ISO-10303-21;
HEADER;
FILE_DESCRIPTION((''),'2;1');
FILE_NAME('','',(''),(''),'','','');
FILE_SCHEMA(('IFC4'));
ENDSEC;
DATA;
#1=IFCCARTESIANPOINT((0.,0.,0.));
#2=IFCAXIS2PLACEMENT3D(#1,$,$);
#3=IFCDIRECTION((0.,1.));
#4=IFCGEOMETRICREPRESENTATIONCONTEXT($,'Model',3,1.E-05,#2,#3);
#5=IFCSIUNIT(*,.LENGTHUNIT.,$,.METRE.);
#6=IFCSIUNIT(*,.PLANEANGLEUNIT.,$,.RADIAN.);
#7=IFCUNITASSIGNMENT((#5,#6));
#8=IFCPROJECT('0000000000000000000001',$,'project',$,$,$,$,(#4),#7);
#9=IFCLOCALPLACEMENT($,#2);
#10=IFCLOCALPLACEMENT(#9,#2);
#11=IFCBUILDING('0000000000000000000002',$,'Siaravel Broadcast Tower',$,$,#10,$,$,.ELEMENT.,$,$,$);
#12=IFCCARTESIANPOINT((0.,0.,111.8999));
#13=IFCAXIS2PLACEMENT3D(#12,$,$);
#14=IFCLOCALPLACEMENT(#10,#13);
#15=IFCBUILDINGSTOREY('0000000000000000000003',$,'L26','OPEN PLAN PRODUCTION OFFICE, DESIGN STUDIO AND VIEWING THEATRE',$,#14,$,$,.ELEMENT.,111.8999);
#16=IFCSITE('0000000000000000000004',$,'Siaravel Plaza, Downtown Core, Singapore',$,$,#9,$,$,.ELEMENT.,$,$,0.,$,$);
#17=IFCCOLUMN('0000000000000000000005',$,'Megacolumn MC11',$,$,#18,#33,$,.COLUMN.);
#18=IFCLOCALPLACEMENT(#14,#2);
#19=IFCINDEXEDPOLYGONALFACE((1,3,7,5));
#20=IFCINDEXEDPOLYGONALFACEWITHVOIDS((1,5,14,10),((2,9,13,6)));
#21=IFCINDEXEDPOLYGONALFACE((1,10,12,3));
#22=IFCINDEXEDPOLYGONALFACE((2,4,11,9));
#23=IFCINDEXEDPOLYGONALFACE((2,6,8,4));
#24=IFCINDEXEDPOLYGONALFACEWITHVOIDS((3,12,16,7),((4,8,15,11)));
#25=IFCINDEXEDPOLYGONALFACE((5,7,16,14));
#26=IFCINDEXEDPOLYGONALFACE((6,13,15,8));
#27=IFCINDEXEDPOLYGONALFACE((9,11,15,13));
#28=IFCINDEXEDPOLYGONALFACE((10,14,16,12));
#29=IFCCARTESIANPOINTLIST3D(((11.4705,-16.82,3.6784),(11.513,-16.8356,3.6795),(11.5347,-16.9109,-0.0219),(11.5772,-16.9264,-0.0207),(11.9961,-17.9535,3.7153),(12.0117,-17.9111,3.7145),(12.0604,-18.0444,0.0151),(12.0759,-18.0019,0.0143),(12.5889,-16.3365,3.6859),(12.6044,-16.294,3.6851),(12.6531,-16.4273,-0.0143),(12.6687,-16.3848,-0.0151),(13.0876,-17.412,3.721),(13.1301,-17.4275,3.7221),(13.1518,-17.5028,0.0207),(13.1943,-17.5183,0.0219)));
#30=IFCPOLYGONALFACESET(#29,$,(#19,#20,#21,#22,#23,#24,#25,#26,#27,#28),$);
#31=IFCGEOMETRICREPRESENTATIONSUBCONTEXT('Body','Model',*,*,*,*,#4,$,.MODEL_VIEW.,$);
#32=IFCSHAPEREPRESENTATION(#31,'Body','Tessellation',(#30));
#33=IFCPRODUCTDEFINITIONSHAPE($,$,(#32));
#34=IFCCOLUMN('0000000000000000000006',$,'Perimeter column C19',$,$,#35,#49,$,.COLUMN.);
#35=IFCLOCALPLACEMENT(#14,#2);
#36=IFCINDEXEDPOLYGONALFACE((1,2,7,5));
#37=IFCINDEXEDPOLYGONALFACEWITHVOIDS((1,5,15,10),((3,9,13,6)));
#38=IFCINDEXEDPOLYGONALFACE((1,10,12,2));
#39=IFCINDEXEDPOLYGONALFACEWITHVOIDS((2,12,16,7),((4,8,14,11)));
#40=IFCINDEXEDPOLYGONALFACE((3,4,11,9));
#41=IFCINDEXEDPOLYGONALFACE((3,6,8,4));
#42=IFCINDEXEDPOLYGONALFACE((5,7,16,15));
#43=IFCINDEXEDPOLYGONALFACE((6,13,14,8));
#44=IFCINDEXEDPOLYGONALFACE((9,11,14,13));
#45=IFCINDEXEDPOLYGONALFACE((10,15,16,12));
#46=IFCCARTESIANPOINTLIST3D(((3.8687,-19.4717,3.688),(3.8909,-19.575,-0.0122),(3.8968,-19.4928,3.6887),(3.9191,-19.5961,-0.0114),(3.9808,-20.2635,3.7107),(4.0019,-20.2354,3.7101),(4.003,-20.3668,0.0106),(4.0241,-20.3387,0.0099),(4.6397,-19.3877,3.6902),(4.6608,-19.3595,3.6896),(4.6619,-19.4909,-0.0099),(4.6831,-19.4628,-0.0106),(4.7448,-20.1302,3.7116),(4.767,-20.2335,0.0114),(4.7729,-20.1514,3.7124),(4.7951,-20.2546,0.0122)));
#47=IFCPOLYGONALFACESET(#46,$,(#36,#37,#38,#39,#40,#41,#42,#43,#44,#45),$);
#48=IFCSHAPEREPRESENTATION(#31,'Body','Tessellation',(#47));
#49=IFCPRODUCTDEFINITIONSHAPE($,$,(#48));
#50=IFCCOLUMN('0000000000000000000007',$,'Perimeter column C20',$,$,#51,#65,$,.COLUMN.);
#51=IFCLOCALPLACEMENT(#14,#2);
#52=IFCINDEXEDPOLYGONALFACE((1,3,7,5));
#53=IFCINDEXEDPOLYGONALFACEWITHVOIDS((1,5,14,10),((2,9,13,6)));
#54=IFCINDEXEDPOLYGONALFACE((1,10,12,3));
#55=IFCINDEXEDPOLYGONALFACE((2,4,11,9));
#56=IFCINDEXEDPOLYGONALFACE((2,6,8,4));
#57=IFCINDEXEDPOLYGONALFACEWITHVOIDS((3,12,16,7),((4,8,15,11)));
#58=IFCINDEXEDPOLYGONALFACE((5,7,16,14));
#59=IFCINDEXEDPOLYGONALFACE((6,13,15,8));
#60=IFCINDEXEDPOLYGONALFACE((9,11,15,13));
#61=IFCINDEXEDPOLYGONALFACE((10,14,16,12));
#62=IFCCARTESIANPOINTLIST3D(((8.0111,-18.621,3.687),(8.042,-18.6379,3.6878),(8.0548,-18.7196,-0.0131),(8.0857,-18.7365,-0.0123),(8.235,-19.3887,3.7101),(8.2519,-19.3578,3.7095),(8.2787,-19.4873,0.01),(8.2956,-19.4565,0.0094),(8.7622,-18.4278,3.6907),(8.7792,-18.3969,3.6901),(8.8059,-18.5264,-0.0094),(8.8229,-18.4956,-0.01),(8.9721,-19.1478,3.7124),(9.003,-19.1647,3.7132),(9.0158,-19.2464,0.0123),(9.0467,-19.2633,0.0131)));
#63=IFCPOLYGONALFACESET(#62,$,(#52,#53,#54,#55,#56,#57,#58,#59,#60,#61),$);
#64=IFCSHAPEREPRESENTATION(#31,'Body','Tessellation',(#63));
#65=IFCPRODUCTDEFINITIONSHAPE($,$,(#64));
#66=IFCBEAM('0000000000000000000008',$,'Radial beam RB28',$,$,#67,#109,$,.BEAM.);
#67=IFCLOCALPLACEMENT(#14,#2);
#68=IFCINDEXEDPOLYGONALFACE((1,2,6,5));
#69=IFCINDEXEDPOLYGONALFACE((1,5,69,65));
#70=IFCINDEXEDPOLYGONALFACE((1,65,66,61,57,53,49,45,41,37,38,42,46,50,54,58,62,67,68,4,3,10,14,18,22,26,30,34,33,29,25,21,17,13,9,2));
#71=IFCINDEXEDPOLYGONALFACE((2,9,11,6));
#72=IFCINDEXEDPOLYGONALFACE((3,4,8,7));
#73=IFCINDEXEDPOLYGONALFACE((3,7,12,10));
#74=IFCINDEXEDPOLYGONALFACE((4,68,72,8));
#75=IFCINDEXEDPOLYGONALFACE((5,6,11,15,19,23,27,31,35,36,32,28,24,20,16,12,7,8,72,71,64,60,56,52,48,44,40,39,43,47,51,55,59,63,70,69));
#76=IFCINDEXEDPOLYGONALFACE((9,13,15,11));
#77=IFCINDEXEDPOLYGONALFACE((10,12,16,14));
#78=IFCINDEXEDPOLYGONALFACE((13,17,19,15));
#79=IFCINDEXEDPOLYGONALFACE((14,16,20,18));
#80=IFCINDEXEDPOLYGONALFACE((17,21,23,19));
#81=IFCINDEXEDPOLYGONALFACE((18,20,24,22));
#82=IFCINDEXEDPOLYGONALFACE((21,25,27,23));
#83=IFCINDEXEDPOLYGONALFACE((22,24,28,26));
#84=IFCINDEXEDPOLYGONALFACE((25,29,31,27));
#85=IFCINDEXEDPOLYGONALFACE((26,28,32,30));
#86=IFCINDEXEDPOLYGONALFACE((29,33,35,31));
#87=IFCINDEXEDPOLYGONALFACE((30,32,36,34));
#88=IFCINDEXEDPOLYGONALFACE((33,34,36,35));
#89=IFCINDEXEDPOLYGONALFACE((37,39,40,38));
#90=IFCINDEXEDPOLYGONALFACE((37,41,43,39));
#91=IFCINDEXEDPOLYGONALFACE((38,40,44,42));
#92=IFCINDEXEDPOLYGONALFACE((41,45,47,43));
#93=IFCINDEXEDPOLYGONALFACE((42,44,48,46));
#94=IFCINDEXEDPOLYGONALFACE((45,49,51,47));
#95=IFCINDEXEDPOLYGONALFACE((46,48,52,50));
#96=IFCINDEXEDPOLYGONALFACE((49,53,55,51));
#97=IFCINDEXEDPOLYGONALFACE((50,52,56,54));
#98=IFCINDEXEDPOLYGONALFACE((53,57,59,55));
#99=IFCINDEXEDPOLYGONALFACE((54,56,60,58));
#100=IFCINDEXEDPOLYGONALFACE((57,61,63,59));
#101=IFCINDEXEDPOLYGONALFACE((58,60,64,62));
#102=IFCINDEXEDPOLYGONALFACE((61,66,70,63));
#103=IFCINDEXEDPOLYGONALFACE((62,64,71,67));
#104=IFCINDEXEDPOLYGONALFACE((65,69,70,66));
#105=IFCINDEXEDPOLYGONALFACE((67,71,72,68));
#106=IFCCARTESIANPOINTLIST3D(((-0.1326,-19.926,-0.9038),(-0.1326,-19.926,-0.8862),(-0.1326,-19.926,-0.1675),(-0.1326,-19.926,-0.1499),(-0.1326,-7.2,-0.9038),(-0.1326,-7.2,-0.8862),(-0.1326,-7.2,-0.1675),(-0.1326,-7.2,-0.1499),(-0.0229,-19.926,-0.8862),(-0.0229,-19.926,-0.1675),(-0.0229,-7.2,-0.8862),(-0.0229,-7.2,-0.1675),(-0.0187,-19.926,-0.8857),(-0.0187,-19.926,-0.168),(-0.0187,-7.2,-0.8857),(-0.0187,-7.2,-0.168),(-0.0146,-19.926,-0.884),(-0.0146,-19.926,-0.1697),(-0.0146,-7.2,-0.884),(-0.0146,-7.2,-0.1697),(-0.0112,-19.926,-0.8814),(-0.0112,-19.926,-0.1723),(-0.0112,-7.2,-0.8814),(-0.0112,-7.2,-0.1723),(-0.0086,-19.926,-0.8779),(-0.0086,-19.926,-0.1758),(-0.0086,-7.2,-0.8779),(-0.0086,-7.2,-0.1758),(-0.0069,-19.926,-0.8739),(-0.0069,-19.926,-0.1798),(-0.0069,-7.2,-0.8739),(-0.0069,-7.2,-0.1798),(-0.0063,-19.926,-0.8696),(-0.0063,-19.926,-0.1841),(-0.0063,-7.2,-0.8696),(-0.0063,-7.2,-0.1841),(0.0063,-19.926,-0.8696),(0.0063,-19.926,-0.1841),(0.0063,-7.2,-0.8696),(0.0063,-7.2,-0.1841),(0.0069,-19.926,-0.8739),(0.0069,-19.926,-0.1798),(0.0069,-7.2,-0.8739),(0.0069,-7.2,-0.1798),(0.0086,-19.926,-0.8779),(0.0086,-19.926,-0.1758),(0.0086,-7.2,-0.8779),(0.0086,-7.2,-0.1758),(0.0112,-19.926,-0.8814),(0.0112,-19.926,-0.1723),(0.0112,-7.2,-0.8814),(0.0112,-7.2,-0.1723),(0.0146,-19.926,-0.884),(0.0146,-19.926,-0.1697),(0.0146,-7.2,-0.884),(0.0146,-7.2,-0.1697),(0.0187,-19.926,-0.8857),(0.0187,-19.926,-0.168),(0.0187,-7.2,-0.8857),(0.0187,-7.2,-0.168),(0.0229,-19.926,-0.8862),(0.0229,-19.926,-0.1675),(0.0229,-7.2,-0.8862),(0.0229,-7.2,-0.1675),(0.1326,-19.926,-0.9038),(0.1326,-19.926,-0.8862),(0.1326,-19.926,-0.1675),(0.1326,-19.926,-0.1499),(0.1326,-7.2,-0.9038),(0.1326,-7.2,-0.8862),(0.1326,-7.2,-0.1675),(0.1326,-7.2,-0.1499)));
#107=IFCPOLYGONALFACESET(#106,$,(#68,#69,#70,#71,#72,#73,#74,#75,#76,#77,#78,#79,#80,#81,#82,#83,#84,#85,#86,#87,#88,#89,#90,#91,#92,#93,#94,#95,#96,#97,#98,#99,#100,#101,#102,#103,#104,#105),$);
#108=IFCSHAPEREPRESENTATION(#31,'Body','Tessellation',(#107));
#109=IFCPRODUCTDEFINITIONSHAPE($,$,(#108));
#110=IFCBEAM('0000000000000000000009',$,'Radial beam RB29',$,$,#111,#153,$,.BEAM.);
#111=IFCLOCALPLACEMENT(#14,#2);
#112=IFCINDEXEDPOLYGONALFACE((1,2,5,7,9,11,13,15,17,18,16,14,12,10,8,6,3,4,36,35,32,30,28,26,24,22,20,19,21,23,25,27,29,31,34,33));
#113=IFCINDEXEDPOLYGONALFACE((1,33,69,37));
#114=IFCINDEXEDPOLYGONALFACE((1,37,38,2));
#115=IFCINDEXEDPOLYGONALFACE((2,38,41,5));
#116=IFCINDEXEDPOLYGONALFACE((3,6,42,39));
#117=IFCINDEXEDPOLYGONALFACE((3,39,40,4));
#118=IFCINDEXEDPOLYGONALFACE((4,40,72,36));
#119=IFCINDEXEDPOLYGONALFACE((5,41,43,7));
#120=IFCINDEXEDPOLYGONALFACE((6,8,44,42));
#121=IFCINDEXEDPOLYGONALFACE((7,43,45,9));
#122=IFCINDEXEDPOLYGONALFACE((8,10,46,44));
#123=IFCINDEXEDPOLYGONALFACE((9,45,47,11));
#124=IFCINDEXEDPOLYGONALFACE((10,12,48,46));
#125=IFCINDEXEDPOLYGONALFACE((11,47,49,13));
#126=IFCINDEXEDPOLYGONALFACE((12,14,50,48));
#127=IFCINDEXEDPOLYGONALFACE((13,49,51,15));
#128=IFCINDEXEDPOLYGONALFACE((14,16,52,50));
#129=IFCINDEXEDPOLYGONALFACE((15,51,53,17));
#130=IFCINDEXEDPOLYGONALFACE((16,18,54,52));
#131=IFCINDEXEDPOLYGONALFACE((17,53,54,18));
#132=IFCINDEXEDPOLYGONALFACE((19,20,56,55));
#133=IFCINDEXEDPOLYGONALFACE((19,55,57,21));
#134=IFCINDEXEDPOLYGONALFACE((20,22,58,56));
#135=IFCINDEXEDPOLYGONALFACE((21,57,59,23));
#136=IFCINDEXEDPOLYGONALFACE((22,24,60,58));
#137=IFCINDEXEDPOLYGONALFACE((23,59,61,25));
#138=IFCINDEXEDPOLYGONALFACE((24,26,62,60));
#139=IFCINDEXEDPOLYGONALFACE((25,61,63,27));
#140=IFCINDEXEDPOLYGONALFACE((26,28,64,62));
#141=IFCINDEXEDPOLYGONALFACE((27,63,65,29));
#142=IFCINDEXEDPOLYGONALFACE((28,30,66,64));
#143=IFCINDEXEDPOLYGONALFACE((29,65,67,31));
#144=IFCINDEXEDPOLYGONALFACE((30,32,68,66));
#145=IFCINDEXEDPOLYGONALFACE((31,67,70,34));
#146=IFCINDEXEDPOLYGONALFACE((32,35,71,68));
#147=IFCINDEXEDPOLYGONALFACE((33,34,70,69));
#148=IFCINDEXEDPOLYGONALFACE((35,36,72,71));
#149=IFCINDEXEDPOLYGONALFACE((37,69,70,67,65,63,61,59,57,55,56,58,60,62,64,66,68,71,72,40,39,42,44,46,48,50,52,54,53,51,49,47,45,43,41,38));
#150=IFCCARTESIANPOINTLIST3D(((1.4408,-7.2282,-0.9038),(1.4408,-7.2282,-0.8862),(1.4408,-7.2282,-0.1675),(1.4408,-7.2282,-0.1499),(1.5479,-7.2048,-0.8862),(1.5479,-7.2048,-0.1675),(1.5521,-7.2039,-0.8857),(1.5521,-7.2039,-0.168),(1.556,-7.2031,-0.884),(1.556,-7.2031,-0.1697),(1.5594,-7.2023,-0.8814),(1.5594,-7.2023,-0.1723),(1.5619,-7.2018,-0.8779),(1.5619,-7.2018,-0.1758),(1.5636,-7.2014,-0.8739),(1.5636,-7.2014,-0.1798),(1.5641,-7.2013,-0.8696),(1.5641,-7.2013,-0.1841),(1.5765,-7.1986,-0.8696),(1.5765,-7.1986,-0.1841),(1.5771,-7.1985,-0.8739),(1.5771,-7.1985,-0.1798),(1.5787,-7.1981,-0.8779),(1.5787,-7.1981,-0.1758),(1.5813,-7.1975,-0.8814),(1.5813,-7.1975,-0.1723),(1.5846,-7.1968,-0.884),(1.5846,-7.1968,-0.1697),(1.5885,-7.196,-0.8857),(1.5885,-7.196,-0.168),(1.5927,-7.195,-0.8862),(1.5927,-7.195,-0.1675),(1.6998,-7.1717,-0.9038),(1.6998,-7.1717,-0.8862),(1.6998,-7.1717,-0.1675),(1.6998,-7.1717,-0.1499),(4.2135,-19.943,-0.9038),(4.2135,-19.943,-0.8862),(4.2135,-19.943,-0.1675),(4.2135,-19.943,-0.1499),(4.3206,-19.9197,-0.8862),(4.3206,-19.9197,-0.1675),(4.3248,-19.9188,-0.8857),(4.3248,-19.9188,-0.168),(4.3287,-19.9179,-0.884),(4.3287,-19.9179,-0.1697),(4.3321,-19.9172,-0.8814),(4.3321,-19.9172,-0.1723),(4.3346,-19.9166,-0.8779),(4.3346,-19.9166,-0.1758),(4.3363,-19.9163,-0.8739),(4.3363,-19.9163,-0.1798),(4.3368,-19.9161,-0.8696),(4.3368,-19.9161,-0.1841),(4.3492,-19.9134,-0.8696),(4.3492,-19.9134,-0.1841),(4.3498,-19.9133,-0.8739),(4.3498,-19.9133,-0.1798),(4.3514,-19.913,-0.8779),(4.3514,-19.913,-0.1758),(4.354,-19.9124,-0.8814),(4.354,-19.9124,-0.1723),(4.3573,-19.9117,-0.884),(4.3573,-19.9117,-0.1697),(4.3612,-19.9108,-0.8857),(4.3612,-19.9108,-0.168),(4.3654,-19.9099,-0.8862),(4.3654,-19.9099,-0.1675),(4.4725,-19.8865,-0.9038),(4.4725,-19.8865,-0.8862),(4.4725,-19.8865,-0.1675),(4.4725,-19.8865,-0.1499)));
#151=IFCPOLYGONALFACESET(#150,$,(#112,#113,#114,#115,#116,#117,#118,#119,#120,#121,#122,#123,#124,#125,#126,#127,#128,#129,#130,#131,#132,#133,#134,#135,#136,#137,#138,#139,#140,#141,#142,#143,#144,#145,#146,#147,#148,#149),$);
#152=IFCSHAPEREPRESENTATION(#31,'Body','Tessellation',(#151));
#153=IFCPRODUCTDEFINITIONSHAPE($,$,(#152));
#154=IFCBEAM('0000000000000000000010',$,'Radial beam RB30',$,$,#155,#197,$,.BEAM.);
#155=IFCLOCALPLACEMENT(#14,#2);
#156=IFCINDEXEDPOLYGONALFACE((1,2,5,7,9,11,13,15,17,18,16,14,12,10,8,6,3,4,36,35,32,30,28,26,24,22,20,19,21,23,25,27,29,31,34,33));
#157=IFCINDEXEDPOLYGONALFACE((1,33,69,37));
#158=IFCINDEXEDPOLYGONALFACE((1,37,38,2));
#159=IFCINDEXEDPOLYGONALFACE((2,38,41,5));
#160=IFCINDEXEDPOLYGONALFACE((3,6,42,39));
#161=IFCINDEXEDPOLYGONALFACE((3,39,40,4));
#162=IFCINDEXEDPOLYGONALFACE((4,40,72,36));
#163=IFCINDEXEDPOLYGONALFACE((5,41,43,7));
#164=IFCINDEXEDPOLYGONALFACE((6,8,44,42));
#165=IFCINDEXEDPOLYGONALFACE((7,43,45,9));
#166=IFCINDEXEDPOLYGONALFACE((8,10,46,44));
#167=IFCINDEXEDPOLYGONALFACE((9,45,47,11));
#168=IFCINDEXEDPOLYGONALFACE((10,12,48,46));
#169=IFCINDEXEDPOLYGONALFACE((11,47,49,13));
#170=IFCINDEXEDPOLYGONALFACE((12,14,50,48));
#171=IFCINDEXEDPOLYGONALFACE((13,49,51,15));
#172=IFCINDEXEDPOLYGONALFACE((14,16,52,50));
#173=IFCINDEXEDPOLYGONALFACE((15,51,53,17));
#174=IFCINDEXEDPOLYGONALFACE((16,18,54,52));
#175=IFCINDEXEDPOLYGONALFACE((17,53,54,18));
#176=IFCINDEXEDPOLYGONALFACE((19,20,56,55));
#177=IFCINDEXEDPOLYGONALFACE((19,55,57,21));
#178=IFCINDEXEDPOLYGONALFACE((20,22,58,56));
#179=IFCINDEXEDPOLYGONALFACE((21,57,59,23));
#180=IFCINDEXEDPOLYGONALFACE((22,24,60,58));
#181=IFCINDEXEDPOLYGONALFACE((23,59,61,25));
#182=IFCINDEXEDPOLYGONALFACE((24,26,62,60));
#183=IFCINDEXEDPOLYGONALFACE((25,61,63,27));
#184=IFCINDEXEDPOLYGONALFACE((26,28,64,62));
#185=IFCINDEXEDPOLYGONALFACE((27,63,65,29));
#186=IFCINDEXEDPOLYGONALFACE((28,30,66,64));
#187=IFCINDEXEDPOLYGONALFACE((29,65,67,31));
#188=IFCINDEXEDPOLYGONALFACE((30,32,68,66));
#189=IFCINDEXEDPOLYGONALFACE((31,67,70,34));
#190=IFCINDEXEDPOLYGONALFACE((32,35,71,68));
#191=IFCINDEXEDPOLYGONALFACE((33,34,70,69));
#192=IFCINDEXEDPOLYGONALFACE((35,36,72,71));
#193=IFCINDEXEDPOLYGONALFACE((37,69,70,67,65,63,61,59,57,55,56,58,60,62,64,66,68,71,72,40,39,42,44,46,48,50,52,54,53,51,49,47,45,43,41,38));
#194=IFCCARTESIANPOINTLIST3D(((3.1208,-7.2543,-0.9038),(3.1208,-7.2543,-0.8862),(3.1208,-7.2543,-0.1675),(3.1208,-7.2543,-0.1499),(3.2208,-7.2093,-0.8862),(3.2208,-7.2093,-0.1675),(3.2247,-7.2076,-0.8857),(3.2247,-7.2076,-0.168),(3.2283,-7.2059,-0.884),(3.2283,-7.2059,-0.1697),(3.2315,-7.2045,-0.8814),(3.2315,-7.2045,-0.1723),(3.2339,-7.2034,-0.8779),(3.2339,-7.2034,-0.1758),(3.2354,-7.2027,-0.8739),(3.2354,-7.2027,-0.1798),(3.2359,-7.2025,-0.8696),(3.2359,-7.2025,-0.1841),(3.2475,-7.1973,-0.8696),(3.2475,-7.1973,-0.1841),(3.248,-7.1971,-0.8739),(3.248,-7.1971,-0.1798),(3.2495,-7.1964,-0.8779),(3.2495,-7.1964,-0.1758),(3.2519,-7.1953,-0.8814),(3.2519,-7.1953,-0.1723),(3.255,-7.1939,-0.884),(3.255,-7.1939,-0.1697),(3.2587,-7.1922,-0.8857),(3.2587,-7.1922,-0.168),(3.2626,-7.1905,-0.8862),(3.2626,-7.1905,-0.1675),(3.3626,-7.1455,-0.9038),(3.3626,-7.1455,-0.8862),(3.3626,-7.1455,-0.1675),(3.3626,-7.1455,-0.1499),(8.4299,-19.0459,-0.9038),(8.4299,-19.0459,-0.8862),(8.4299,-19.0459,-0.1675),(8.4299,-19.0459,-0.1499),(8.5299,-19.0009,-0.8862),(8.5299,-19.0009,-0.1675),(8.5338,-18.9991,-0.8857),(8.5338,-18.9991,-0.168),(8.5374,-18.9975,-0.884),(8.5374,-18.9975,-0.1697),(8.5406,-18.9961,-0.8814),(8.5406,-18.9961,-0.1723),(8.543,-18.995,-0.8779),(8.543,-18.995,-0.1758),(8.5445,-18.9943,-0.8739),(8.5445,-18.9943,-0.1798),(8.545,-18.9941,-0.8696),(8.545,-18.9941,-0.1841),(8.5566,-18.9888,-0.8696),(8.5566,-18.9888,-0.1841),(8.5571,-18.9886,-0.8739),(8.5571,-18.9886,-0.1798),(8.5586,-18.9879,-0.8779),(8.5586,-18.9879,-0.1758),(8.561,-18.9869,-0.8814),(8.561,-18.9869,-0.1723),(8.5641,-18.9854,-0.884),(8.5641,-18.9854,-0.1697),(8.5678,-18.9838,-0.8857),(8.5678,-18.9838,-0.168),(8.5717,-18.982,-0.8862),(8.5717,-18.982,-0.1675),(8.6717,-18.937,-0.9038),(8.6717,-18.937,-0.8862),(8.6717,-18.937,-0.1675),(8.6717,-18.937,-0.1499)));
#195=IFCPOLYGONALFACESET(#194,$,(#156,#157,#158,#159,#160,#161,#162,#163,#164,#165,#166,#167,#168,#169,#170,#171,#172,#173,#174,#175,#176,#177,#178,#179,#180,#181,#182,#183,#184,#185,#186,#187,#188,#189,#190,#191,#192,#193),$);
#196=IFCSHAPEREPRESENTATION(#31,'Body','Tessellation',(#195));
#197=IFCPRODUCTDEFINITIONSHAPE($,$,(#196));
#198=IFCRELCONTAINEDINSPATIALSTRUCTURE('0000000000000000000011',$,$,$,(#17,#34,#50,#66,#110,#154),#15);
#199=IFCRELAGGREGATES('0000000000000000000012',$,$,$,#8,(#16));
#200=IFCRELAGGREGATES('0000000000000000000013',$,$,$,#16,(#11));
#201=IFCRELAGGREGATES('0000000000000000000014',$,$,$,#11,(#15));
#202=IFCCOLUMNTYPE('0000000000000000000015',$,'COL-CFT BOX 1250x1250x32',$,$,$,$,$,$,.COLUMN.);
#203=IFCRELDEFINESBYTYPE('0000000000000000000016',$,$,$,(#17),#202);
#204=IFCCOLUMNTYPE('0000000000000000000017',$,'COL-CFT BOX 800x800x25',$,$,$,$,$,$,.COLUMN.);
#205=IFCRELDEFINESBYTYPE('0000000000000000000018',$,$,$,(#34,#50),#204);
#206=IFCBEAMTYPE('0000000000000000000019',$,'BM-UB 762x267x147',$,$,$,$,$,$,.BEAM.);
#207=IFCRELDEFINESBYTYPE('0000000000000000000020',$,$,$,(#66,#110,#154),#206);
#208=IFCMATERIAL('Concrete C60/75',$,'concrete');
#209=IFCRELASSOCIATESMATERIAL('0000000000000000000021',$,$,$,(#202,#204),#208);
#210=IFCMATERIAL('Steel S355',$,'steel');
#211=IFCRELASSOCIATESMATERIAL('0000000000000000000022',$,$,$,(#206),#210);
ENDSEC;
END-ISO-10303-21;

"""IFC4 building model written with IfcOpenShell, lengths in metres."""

from ifc_helpers import new_model, si_unit, direction, frame, origin, origin_2d, place, context, subcontext, project, spatial, hollow_rectangle, i_section, extrude, material, material_profile, profile_set, type_object, element, save


model = new_model("IFC4")

# Units and contexts
model_context = context("Model", 3, precision=1e-05, world=origin(), true_north=direction((0.0, 1.0)))
body_context = subcontext(model_context, "Body", "Model", "MODEL_VIEW")
ifc_project = project(units=[si_unit("LENGTHUNIT", "METRE"), si_unit("PLANEANGLEUNIT", "RADIAN")], contexts=[model_context])

# Site, building, storey
site_placement = place(None, origin())
site = spatial("IfcSite", under=ifc_project, at=site_placement, Name="Siaravel Plaza, Downtown Core, Singapore", CompositionType="ELEMENT", RefElevation=0.0)
building_placement = place(site_placement, origin())
building = spatial("IfcBuilding", under=site, at=building_placement, Name="Siaravel Broadcast Tower", CompositionType="ELEMENT")
storey_placement = place(building_placement, frame((0.0, 0.0, 111.8999)))
storey = spatial("IfcBuildingStorey", under=building, at=storey_placement, Name="L26", Description="OPEN PLAN PRODUCTION OFFICE, DESIGN STUDIO AND VIEWING THEATRE", CompositionType="ELEMENT", Elevation=111.8999)

# Columns
ifc_material_1 = material(Name="Concrete C60/75", Category="concrete")
ifc_material_profile_1 = material_profile(ifc_material_1, hollow_rectangle(XDim=1.25, YDim=1.25, WallThickness=0.032, at=origin_2d()))
ifc_profile_set_1 = profile_set([ifc_material_profile_1], Name="Concrete C60/75")
column_type_1 = type_object("IfcColumnType", Name="COL-CFT BOX 1250x1250x32", PredefinedType="COLUMN", material=ifc_profile_set_1)
column_placement = place(storey_placement, frame((12.3645, -17.2146, 0.0), z_axis=(-0.017345, 0.024534, 0.999549), x_axis=(-0.90713, -0.420816, -0.005412)))
element("IfcColumn", 1, at=column_placement, inside=storey, type_object=column_type_1, Name="Megacolumn MC11", PredefinedType="COLUMN", context=body_context, shape_type="SweptSolid", body=[
    extrude(hollow_rectangle(XDim=1.25, YDim=1.25, WallThickness=0.032, at=origin_2d()), origin(), (0.0, 0.0, 1.0), 3.7019),
])
ifc_material_profile_2 = material_profile(ifc_material_1, hollow_rectangle(XDim=0.8, YDim=0.8, WallThickness=0.0249, at=origin_2d()))
ifc_profile_set_2 = profile_set([ifc_material_profile_2], Name="Concrete C60/75")
column_type_2 = type_object("IfcColumnType", Name="COL-CFT BOX 800x800x25", PredefinedType="COLUMN", material=ifc_profile_set_2)
for number, where, z_axis, x_axis, name in (
    (2, (4.343, -19.9148, 0.0), (-0.006002, 0.027898, 0.999593), (-0.990123, -0.140187, -0.002032), "Perimeter column C19"),
    (3, (8.5508, -18.9915, 0.0), (-0.011805, 0.026645, 0.999575), (-0.95999, -0.280009, -0.003874), "Perimeter column C20"),
):
    element("IfcColumn", number, at=place(storey_placement, frame(where, z_axis=z_axis, x_axis=x_axis)), inside=storey, type_object=column_type_2, Name=name, PredefinedType="COLUMN", context=body_context, shape_type="SweptSolid", body=[
        extrude(hollow_rectangle(XDim=0.8, YDim=0.8, WallThickness=0.0249, at=origin_2d()), origin(), (0.0, 0.0, 1.0), 3.7017),
    ])

# Beams
ifc_material_2 = material(Name="Steel S355", Category="steel")
ifc_material_profile_3 = material_profile(ifc_material_2, i_section(OverallWidth=0.2651, OverallDepth=0.7539, WebThickness=0.0127, FlangeThickness=0.0176, FilletRadius=0.0166, at=origin_2d()))
ifc_profile_set_3 = profile_set([ifc_material_profile_3], Name="Steel S355")
beam_type = type_object("IfcBeamType", Name="BM-UB 762x267x147", PredefinedType="BEAM", material=ifc_profile_set_3)
beam_1_placement = place(storey_placement, frame((0.0, -19.926, -0.5269), z_axis=(0.0, 1.0, 0.0), x_axis=(-1.0, 0.0, 0.0)))
element("IfcBeam", 4, at=beam_1_placement, inside=storey, type_object=beam_type, Name="Radial beam RB28", PredefinedType="BEAM", context=body_context, shape_type="SweptSolid", body=[
    extrude(i_section(OverallWidth=0.2651, OverallDepth=0.7539, WebThickness=0.0127, FlangeThickness=0.0176, FilletRadius=0.0166, at=origin_2d()), origin(), (0.0, 0.0, 1.0), 12.7261),
])
beam_2_placement = place(storey_placement, frame((4.343, -19.9148, -0.5269), z_axis=(-0.213061, 0.977039, 0.0), x_axis=(-0.977039, -0.213061, 0.0)))
element("IfcBeam", 5, at=beam_2_placement, inside=storey, type_object=beam_type, Name="Radial beam RB29", PredefinedType="BEAM", context=body_context, shape_type="SweptSolid", body=[
    extrude(i_section(OverallWidth=0.2651, OverallDepth=0.7539, WebThickness=0.0127, FlangeThickness=0.0176, FilletRadius=0.0166, at=origin_2d()), origin(), (0.0, 0.0, 1.0), 13.0137),
])
beam_3_placement = place(storey_placement, frame((8.5508, -18.9915, -0.5269), z_axis=(-0.410552, 0.911837, 0.0), x_axis=(-0.911837, -0.410552, 0.0)))
element("IfcBeam", 6, at=beam_3_placement, inside=storey, type_object=beam_type, Name="Radial beam RB30", PredefinedType="BEAM", context=body_context, shape_type="SweptSolid", body=[
    extrude(i_section(OverallWidth=0.2651, OverallDepth=0.7539, WebThickness=0.0127, FlangeThickness=0.0176, FilletRadius=0.0166, at=origin_2d()), origin(), (0.0, 0.0, 1.0), 12.9316),
])

save(model, "model.ifc")
